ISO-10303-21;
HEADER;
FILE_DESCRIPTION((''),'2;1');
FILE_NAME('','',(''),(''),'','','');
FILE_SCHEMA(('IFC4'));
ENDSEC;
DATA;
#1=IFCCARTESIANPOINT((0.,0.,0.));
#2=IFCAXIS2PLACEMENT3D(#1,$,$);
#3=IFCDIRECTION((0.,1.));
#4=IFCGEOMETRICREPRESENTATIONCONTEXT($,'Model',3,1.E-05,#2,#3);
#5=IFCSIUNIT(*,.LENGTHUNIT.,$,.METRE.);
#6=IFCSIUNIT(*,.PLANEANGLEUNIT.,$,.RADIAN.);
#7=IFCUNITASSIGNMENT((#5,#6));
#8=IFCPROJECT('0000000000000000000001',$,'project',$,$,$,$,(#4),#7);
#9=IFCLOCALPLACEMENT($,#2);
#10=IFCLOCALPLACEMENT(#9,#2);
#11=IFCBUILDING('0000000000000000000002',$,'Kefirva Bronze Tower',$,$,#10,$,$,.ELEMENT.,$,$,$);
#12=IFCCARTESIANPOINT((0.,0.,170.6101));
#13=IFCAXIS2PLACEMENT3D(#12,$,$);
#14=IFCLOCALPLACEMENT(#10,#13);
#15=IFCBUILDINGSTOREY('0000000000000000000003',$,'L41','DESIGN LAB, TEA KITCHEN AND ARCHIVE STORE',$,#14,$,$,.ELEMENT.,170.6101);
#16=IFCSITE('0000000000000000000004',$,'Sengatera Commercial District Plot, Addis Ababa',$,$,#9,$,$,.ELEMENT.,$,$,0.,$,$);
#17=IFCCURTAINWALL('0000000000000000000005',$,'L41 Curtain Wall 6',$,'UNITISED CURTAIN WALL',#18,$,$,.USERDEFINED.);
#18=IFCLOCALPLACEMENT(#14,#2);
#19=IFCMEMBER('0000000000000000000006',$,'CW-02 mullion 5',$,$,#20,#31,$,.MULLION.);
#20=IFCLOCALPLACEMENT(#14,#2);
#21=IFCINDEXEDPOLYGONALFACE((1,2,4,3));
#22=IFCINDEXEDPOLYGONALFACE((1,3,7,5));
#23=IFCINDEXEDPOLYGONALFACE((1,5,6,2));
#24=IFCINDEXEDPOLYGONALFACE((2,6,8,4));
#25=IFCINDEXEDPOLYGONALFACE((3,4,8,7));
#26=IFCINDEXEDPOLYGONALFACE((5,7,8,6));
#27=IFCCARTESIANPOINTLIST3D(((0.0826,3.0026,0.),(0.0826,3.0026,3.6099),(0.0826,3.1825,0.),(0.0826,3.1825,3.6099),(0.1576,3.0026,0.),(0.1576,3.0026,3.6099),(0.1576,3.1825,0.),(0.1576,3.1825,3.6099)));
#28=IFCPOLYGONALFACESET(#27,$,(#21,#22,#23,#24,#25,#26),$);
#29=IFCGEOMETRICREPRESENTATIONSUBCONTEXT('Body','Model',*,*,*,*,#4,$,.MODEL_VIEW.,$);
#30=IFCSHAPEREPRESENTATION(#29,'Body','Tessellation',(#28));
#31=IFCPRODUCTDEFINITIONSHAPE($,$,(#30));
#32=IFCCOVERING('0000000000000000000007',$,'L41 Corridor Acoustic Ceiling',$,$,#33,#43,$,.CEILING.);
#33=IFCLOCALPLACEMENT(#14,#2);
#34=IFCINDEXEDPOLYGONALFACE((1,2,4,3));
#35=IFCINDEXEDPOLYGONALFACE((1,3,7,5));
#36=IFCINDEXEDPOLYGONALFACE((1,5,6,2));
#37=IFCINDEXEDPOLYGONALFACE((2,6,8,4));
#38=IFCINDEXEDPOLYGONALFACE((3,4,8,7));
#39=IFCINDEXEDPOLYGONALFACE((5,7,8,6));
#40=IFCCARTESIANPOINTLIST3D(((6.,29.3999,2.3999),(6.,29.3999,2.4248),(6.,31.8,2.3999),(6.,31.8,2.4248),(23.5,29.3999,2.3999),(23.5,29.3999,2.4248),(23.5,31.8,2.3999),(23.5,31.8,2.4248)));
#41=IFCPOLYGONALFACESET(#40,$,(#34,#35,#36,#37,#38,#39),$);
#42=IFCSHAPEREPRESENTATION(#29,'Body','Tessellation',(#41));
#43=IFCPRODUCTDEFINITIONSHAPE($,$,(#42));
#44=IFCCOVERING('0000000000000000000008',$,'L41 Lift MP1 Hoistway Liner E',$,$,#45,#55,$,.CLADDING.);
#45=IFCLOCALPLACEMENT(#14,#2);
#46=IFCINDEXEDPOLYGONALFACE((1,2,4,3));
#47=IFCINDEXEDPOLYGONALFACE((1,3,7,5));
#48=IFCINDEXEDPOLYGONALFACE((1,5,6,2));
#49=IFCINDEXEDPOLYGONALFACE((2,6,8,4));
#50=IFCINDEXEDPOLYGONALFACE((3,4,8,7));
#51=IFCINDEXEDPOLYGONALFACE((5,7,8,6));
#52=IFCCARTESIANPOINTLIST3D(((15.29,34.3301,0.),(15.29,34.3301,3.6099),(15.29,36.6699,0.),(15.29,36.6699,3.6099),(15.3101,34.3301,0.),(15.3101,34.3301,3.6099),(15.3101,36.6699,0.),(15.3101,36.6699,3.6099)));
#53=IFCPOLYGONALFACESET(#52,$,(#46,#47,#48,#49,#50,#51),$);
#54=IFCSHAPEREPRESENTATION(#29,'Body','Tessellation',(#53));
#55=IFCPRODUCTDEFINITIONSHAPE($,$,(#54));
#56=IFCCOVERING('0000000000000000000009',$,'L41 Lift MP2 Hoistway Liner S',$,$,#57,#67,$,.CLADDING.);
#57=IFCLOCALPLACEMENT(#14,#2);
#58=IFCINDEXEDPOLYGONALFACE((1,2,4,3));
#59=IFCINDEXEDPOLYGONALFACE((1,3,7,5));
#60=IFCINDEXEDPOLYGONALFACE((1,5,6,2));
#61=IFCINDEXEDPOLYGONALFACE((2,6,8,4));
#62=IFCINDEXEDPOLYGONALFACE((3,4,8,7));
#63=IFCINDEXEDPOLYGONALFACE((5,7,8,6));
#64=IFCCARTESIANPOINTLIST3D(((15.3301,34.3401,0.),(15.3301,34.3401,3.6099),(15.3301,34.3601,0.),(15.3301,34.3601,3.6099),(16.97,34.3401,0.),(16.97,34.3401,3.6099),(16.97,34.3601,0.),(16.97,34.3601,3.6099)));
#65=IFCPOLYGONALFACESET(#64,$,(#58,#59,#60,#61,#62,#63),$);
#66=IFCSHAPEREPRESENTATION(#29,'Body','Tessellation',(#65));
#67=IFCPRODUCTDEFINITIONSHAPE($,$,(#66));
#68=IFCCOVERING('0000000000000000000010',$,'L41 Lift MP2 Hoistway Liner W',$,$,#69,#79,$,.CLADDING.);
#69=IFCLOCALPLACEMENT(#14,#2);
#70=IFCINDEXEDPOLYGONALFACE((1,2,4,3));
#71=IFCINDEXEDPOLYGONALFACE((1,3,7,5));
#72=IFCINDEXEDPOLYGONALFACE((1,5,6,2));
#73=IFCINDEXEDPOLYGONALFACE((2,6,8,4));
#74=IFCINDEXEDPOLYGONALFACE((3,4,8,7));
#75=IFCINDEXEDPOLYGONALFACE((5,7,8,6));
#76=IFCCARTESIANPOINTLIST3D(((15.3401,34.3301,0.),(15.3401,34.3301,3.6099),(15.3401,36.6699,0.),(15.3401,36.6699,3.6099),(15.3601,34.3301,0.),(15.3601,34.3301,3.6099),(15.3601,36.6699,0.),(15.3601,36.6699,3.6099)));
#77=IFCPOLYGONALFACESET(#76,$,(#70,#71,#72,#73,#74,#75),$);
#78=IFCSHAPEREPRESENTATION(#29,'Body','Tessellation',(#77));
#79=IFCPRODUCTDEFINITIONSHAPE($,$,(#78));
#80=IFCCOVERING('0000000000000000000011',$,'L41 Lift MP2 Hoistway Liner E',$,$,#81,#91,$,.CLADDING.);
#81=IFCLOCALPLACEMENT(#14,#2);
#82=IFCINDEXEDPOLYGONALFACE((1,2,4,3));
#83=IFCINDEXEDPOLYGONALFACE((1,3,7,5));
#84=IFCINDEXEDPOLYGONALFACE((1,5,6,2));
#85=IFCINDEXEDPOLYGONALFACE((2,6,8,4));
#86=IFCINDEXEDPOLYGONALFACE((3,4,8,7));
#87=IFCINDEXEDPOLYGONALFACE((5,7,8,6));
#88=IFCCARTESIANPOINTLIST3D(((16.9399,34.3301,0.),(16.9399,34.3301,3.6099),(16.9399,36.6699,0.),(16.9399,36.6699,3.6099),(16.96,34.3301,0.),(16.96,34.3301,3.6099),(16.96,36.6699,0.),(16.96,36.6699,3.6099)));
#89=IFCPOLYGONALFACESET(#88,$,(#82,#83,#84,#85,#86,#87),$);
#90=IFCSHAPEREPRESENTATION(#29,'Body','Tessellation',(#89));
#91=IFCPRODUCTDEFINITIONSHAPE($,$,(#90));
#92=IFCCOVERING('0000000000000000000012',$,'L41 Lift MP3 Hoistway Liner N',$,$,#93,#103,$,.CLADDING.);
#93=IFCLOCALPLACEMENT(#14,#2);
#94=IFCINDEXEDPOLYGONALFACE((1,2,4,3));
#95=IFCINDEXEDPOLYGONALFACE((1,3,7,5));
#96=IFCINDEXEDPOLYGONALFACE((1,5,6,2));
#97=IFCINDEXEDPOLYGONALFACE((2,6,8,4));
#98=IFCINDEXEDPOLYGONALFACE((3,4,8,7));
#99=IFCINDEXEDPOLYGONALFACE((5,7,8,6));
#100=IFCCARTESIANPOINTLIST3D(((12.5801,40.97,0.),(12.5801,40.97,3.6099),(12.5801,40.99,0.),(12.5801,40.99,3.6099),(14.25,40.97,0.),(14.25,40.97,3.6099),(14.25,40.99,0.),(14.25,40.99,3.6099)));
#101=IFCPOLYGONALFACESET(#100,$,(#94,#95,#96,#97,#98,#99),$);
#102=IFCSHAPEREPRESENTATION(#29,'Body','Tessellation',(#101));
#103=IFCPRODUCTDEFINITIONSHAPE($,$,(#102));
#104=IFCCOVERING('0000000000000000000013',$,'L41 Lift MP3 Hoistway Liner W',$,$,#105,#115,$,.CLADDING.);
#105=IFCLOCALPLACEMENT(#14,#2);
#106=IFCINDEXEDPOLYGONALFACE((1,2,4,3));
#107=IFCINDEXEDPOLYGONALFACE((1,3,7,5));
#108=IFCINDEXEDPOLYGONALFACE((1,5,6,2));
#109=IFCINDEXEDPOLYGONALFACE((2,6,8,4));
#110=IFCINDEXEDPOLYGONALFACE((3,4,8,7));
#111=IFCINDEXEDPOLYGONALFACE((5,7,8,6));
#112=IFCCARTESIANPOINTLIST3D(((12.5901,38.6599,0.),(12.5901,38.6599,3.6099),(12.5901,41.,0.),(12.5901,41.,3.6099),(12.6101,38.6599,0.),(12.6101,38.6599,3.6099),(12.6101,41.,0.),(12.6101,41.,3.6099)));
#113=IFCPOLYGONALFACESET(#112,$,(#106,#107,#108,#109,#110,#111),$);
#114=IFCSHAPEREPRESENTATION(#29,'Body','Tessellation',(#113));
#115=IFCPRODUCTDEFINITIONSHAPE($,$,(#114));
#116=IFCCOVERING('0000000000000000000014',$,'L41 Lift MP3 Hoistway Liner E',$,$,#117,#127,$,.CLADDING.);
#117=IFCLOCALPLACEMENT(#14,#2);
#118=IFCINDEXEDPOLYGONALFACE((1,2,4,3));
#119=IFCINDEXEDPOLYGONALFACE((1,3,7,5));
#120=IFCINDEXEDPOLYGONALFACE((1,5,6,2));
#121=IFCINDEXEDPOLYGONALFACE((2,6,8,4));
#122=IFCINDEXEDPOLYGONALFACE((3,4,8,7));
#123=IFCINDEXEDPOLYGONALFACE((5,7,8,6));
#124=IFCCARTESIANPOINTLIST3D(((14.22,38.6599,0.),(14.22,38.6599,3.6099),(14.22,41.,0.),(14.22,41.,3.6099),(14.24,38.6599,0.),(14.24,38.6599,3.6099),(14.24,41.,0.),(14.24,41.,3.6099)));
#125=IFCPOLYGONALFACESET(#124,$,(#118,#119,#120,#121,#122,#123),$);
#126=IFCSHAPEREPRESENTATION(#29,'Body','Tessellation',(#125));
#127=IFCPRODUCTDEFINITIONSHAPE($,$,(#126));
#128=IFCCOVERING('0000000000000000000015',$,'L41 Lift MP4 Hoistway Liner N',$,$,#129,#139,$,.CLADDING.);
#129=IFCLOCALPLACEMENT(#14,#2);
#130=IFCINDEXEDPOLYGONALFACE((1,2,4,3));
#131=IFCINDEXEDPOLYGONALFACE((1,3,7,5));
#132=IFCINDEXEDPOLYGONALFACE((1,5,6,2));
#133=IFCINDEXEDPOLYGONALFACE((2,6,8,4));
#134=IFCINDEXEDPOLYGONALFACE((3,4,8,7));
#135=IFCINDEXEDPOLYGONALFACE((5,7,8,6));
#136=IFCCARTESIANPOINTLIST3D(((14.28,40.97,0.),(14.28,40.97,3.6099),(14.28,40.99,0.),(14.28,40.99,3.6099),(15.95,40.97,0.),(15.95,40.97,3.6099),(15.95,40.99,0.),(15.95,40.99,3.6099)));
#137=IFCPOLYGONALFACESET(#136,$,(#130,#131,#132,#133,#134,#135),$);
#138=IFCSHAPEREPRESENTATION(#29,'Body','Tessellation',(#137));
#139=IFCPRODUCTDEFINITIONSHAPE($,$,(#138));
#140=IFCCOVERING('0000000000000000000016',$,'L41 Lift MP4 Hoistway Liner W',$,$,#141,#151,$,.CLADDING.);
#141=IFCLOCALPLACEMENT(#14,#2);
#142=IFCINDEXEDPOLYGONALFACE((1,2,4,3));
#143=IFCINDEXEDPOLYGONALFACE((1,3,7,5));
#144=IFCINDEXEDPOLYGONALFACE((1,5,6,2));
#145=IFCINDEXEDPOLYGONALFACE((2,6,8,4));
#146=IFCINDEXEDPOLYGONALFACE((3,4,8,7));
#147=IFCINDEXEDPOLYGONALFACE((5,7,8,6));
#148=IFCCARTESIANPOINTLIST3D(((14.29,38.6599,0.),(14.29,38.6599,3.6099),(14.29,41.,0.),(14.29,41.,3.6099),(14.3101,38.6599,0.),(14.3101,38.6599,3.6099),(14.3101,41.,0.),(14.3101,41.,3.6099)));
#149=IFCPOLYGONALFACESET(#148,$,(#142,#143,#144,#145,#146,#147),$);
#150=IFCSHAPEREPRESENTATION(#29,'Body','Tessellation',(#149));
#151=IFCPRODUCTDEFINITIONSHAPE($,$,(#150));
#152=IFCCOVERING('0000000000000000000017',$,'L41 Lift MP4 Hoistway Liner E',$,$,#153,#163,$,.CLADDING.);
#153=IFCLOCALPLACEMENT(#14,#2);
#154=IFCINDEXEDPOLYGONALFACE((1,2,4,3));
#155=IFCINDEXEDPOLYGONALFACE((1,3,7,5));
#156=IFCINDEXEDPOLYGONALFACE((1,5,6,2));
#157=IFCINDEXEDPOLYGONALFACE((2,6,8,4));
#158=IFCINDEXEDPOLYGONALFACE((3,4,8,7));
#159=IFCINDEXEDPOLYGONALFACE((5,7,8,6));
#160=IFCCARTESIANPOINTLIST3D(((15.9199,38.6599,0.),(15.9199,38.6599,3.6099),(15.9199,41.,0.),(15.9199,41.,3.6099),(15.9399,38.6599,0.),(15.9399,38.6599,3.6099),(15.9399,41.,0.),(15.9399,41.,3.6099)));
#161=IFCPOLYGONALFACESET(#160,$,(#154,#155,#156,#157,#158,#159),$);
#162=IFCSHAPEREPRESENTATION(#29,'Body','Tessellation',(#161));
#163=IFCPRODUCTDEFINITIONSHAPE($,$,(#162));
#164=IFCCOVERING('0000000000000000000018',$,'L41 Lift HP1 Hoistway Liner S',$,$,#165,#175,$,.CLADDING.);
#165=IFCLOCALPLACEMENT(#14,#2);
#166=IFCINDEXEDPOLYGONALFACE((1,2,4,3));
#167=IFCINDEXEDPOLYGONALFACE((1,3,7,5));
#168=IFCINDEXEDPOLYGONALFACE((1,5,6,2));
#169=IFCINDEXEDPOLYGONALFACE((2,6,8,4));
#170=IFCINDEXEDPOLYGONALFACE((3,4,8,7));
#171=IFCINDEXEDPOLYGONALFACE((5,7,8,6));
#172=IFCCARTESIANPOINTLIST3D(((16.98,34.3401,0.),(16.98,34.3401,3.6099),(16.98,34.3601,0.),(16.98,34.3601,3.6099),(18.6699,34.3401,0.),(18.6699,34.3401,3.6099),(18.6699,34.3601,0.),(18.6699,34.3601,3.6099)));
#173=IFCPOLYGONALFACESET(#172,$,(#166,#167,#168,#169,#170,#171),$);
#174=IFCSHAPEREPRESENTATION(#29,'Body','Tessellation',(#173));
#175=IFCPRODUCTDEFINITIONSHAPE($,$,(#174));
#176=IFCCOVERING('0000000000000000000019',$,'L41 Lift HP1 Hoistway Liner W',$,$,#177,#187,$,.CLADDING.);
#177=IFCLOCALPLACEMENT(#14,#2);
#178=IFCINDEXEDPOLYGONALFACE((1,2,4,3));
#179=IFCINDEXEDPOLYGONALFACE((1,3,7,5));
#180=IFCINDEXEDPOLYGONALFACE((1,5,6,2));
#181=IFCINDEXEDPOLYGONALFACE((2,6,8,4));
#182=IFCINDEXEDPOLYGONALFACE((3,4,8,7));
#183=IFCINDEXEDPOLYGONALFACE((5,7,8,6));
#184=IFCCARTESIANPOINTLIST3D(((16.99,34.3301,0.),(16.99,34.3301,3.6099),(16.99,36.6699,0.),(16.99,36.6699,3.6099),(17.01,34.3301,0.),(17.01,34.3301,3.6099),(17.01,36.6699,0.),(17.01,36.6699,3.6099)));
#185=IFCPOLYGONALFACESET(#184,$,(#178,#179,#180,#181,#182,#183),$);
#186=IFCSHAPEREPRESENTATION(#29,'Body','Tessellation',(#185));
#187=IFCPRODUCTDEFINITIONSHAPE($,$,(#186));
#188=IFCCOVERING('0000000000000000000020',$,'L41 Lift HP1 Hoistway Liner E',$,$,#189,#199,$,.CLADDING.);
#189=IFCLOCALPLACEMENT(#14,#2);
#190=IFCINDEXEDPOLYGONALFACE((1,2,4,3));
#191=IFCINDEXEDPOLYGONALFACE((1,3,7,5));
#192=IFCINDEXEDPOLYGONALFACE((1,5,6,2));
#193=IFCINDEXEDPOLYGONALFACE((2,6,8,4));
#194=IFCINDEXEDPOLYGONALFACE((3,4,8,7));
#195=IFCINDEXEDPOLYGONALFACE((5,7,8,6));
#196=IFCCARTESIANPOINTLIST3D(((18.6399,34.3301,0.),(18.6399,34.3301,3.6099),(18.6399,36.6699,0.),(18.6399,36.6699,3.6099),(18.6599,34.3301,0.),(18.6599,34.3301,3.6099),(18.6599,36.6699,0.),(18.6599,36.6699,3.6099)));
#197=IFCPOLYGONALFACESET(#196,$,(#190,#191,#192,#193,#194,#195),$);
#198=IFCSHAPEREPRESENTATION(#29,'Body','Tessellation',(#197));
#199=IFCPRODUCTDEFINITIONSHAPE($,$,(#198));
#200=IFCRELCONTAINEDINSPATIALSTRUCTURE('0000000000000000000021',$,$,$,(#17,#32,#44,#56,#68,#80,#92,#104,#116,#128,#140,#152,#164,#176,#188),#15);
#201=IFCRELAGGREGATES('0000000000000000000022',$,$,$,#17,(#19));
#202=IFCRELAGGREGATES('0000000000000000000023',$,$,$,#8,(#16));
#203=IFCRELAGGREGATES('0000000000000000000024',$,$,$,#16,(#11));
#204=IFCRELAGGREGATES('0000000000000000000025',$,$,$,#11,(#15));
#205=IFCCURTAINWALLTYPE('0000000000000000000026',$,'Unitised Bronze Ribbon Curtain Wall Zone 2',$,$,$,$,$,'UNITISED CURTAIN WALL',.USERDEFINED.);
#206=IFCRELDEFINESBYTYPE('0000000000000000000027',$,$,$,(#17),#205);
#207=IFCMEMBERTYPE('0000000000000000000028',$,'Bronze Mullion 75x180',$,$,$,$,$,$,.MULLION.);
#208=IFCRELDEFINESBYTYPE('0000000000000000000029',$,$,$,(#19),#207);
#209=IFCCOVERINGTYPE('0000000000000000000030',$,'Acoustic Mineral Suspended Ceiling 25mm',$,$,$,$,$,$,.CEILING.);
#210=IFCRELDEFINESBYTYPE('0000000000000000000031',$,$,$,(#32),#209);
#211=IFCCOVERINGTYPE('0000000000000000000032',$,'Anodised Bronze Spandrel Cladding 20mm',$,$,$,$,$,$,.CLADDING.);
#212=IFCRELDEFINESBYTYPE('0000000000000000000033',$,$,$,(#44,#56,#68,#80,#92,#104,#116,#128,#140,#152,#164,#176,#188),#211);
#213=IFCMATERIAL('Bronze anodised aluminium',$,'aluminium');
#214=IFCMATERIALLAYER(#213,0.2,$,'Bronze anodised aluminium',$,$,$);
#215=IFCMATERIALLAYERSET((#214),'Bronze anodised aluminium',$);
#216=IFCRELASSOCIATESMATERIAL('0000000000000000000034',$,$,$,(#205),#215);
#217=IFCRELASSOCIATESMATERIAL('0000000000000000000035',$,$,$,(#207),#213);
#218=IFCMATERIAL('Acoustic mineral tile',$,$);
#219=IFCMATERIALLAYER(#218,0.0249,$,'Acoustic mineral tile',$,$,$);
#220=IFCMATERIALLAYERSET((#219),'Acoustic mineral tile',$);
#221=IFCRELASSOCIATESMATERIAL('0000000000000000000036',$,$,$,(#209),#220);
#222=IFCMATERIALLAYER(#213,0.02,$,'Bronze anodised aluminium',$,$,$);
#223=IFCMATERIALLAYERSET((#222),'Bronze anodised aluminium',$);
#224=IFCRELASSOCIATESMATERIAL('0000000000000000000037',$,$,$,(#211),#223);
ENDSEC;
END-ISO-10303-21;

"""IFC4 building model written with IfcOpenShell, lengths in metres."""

from ifc_helpers import new_model, si_unit, direction, frame, origin, origin_2d, place, context, subcontext, project, spatial, polyline, rectangle, outline, extrude, material, layer, layer_set, material_profile, profile_set, type_object, element, aggregate, save


model = new_model("IFC4")

# Units and contexts
model_context = context("Model", 3, precision=1e-05, world=origin(), true_north=direction((0.0, 1.0)))
body_context = subcontext(model_context, "Body", "Model", "MODEL_VIEW")
ifc_project = project(units=[si_unit("LENGTHUNIT", "METRE"), si_unit("PLANEANGLEUNIT", "RADIAN")], contexts=[model_context])

# Site, building, storey
site_placement = place(None, origin())
site = spatial("IfcSite", under=ifc_project, at=site_placement, Name="Sengatera Commercial District Plot, Addis Ababa", CompositionType="ELEMENT", RefElevation=0.0)
building_placement = place(site_placement, origin())
building = spatial("IfcBuilding", under=site, at=building_placement, Name="Kefirva Bronze Tower", CompositionType="ELEMENT")
storey_placement = place(building_placement, frame((0.0, 0.0, 170.6101)))
storey = spatial("IfcBuildingStorey", under=building, at=storey_placement, Name="L41", Description="DESIGN LAB, TEA KITCHEN AND ARCHIVE STORE", CompositionType="ELEMENT", Elevation=170.6101)

# Curtain wall, member
ifc_material_1 = material(Name="Bronze anodised aluminium", Category="aluminium")
ifc_layer_1 = layer(ifc_material_1, 0.2, Name="Bronze anodised aluminium")
ifc_layer_set_1 = layer_set([ifc_layer_1], Name="Bronze anodised aluminium")
curtain_wall_type = type_object("IfcCurtainWallType", Name="Unitised Bronze Ribbon Curtain Wall Zone 2", ElementType="UNITISED CURTAIN WALL", PredefinedType="USERDEFINED", material=ifc_layer_set_1)
curtain_wall_placement = place(storey_placement, origin())
curtain_wall = element("IfcCurtainWall", 1, at=curtain_wall_placement, inside=storey, type_object=curtain_wall_type, Name="L41 Curtain Wall 6", ObjectType="UNITISED CURTAIN WALL", PredefinedType="USERDEFINED")
ifc_material_profile = material_profile(ifc_material_1, rectangle(XDim=0.075, YDim=0.1799, at=origin_2d()), Name="ALU 75x180")
ifc_profile_set = profile_set([ifc_material_profile], Name="Bronze anodised aluminium")
member_type = type_object("IfcMemberType", Name="Bronze Mullion 75x180", PredefinedType="MULLION", material=ifc_profile_set)
member_placement = place(storey_placement, frame((0.1201, 3.0925, 0.0), z_axis=(0.0, 0.0, 1.0), x_axis=(1.0, 0.0, 0.0)))
member = element("IfcMember", 2, at=member_placement, type_object=member_type, Name="CW-02 mullion 5", PredefinedType="MULLION", context=body_context, shape_type="SweptSolid", body=[
    extrude(rectangle(XDim=0.075, YDim=0.1799, at=origin_2d()), origin(), (0.0, 0.0, 1.0), 3.6099),
])
aggregate(curtain_wall, [member])

# Coverings
ifc_material_2 = material(Name="Acoustic mineral tile")
ifc_layer_2 = layer(ifc_material_2, 0.0249, Name="Acoustic mineral tile")
ifc_layer_set_2 = layer_set([ifc_layer_2], Name="Acoustic mineral tile")
covering_type_1 = type_object("IfcCoveringType", Name="Acoustic Mineral Suspended Ceiling 25mm", PredefinedType="CEILING", material=ifc_layer_set_2)
covering_1_placement = place(storey_placement, frame((0.0, 0.0, 2.3999)))
element("IfcCovering", 3, at=covering_1_placement, inside=storey, type_object=covering_type_1, Name="L41 Corridor Acoustic Ceiling", PredefinedType="CEILING", context=body_context, shape_type="SweptSolid", body=[
    extrude(outline(polyline([(6.0, 29.3999), (23.5, 29.3999), (23.5, 31.8), (6.0, 31.8), (6.0, 29.3999)])), origin(), (0.0, 0.0, 1.0), 0.0249),
])
ifc_layer_3 = layer(ifc_material_1, 0.02, Name="Bronze anodised aluminium")
ifc_layer_set_3 = layer_set([ifc_layer_3], Name="Bronze anodised aluminium")
covering_type_2 = type_object("IfcCoveringType", Name="Anodised Bronze Spandrel Cladding 20mm", PredefinedType="CLADDING", material=ifc_layer_set_3)
covering_2_placement = place(storey_placement, origin())
element("IfcCovering", 4, at=covering_2_placement, inside=storey, type_object=covering_type_2, Name="L41 Lift MP1 Hoistway Liner E", PredefinedType="CLADDING", context=body_context, shape_type="SweptSolid", body=[
    extrude(outline(polyline([(15.29, 34.3301), (15.3101, 34.3301), (15.3101, 36.6699), (15.29, 36.6699), (15.29, 34.3301)])), origin(), (0.0, 0.0, 1.0), 3.6099),
])
covering_3_placement = place(storey_placement, origin())
element("IfcCovering", 5, at=covering_3_placement, inside=storey, type_object=covering_type_2, Name="L41 Lift MP2 Hoistway Liner S", PredefinedType="CLADDING", context=body_context, shape_type="SweptSolid", body=[
    extrude(outline(polyline([(15.3301, 34.3401), (16.97, 34.3401), (16.97, 34.3601), (15.3301, 34.3601), (15.3301, 34.3401)])), origin(), (0.0, 0.0, 1.0), 3.6099),
])
covering_4_placement = place(storey_placement, origin())
element("IfcCovering", 6, at=covering_4_placement, inside=storey, type_object=covering_type_2, Name="L41 Lift MP2 Hoistway Liner W", PredefinedType="CLADDING", context=body_context, shape_type="SweptSolid", body=[
    extrude(outline(polyline([(15.3401, 34.3301), (15.3601, 34.3301), (15.3601, 36.6699), (15.3401, 36.6699), (15.3401, 34.3301)])), origin(), (0.0, 0.0, 1.0), 3.6099),
])
covering_5_placement = place(storey_placement, origin())
element("IfcCovering", 7, at=covering_5_placement, inside=storey, type_object=covering_type_2, Name="L41 Lift MP2 Hoistway Liner E", PredefinedType="CLADDING", context=body_context, shape_type="SweptSolid", body=[
    extrude(outline(polyline([(16.9399, 34.3301), (16.96, 34.3301), (16.96, 36.6699), (16.9399, 36.6699), (16.9399, 34.3301)])), origin(), (0.0, 0.0, 1.0), 3.6099),
])
covering_6_placement = place(storey_placement, origin())
element("IfcCovering", 8, at=covering_6_placement, inside=storey, type_object=covering_type_2, Name="L41 Lift MP3 Hoistway Liner N", PredefinedType="CLADDING", context=body_context, shape_type="SweptSolid", body=[
    extrude(outline(polyline([(12.5801, 40.97), (14.25, 40.97), (14.25, 40.99), (12.5801, 40.99), (12.5801, 40.97)])), origin(), (0.0, 0.0, 1.0), 3.6099),
])
covering_7_placement = place(storey_placement, origin())
element("IfcCovering", 9, at=covering_7_placement, inside=storey, type_object=covering_type_2, Name="L41 Lift MP3 Hoistway Liner W", PredefinedType="CLADDING", context=body_context, shape_type="SweptSolid", body=[
    extrude(outline(polyline([(12.5901, 38.6599), (12.6101, 38.6599), (12.6101, 41.0), (12.5901, 41.0), (12.5901, 38.6599)])), origin(), (0.0, 0.0, 1.0), 3.6099),
])
covering_8_placement = place(storey_placement, origin())
element("IfcCovering", 10, at=covering_8_placement, inside=storey, type_object=covering_type_2, Name="L41 Lift MP3 Hoistway Liner E", PredefinedType="CLADDING", context=body_context, shape_type="SweptSolid", body=[
    extrude(outline(polyline([(14.22, 38.6599), (14.24, 38.6599), (14.24, 41.0), (14.22, 41.0), (14.22, 38.6599)])), origin(), (0.0, 0.0, 1.0), 3.6099),
])
covering_9_placement = place(storey_placement, origin())
element("IfcCovering", 11, at=covering_9_placement, inside=storey, type_object=covering_type_2, Name="L41 Lift MP4 Hoistway Liner N", PredefinedType="CLADDING", context=body_context, shape_type="SweptSolid", body=[
    extrude(outline(polyline([(14.28, 40.97), (15.95, 40.97), (15.95, 40.99), (14.28, 40.99), (14.28, 40.97)])), origin(), (0.0, 0.0, 1.0), 3.6099),
])
covering_10_placement = place(storey_placement, origin())
element("IfcCovering", 12, at=covering_10_placement, inside=storey, type_object=covering_type_2, Name="L41 Lift MP4 Hoistway Liner W", PredefinedType="CLADDING", context=body_context, shape_type="SweptSolid", body=[
    extrude(outline(polyline([(14.29, 38.6599), (14.3101, 38.6599), (14.3101, 41.0), (14.29, 41.0), (14.29, 38.6599)])), origin(), (0.0, 0.0, 1.0), 3.6099),
])
covering_11_placement = place(storey_placement, origin())
element("IfcCovering", 13, at=covering_11_placement, inside=storey, type_object=covering_type_2, Name="L41 Lift MP4 Hoistway Liner E", PredefinedType="CLADDING", context=body_context, shape_type="SweptSolid", body=[
    extrude(outline(polyline([(15.9199, 38.6599), (15.9399, 38.6599), (15.9399, 41.0), (15.9199, 41.0), (15.9199, 38.6599)])), origin(), (0.0, 0.0, 1.0), 3.6099),
])
covering_12_placement = place(storey_placement, origin())
element("IfcCovering", 14, at=covering_12_placement, inside=storey, type_object=covering_type_2, Name="L41 Lift HP1 Hoistway Liner S", PredefinedType="CLADDING", context=body_context, shape_type="SweptSolid", body=[
    extrude(outline(polyline([(16.98, 34.3401), (18.6699, 34.3401), (18.6699, 34.3601), (16.98, 34.3601), (16.98, 34.3401)])), origin(), (0.0, 0.0, 1.0), 3.6099),
])
covering_13_placement = place(storey_placement, origin())
element("IfcCovering", 15, at=covering_13_placement, inside=storey, type_object=covering_type_2, Name="L41 Lift HP1 Hoistway Liner W", PredefinedType="CLADDING", context=body_context, shape_type="SweptSolid", body=[
    extrude(outline(polyline([(16.99, 34.3301), (17.01, 34.3301), (17.01, 36.6699), (16.99, 36.6699), (16.99, 34.3301)])), origin(), (0.0, 0.0, 1.0), 3.6099),
])
covering_14_placement = place(storey_placement, origin())
element("IfcCovering", 16, at=covering_14_placement, inside=storey, type_object=covering_type_2, Name="L41 Lift HP1 Hoistway Liner E", PredefinedType="CLADDING", context=body_context, shape_type="SweptSolid", body=[
    extrude(outline(polyline([(18.6399, 34.3301), (18.6599, 34.3301), (18.6599, 36.6699), (18.6399, 36.6699), (18.6399, 34.3301)])), origin(), (0.0, 0.0, 1.0), 3.6099),
])

save(model, "model.ifc")
